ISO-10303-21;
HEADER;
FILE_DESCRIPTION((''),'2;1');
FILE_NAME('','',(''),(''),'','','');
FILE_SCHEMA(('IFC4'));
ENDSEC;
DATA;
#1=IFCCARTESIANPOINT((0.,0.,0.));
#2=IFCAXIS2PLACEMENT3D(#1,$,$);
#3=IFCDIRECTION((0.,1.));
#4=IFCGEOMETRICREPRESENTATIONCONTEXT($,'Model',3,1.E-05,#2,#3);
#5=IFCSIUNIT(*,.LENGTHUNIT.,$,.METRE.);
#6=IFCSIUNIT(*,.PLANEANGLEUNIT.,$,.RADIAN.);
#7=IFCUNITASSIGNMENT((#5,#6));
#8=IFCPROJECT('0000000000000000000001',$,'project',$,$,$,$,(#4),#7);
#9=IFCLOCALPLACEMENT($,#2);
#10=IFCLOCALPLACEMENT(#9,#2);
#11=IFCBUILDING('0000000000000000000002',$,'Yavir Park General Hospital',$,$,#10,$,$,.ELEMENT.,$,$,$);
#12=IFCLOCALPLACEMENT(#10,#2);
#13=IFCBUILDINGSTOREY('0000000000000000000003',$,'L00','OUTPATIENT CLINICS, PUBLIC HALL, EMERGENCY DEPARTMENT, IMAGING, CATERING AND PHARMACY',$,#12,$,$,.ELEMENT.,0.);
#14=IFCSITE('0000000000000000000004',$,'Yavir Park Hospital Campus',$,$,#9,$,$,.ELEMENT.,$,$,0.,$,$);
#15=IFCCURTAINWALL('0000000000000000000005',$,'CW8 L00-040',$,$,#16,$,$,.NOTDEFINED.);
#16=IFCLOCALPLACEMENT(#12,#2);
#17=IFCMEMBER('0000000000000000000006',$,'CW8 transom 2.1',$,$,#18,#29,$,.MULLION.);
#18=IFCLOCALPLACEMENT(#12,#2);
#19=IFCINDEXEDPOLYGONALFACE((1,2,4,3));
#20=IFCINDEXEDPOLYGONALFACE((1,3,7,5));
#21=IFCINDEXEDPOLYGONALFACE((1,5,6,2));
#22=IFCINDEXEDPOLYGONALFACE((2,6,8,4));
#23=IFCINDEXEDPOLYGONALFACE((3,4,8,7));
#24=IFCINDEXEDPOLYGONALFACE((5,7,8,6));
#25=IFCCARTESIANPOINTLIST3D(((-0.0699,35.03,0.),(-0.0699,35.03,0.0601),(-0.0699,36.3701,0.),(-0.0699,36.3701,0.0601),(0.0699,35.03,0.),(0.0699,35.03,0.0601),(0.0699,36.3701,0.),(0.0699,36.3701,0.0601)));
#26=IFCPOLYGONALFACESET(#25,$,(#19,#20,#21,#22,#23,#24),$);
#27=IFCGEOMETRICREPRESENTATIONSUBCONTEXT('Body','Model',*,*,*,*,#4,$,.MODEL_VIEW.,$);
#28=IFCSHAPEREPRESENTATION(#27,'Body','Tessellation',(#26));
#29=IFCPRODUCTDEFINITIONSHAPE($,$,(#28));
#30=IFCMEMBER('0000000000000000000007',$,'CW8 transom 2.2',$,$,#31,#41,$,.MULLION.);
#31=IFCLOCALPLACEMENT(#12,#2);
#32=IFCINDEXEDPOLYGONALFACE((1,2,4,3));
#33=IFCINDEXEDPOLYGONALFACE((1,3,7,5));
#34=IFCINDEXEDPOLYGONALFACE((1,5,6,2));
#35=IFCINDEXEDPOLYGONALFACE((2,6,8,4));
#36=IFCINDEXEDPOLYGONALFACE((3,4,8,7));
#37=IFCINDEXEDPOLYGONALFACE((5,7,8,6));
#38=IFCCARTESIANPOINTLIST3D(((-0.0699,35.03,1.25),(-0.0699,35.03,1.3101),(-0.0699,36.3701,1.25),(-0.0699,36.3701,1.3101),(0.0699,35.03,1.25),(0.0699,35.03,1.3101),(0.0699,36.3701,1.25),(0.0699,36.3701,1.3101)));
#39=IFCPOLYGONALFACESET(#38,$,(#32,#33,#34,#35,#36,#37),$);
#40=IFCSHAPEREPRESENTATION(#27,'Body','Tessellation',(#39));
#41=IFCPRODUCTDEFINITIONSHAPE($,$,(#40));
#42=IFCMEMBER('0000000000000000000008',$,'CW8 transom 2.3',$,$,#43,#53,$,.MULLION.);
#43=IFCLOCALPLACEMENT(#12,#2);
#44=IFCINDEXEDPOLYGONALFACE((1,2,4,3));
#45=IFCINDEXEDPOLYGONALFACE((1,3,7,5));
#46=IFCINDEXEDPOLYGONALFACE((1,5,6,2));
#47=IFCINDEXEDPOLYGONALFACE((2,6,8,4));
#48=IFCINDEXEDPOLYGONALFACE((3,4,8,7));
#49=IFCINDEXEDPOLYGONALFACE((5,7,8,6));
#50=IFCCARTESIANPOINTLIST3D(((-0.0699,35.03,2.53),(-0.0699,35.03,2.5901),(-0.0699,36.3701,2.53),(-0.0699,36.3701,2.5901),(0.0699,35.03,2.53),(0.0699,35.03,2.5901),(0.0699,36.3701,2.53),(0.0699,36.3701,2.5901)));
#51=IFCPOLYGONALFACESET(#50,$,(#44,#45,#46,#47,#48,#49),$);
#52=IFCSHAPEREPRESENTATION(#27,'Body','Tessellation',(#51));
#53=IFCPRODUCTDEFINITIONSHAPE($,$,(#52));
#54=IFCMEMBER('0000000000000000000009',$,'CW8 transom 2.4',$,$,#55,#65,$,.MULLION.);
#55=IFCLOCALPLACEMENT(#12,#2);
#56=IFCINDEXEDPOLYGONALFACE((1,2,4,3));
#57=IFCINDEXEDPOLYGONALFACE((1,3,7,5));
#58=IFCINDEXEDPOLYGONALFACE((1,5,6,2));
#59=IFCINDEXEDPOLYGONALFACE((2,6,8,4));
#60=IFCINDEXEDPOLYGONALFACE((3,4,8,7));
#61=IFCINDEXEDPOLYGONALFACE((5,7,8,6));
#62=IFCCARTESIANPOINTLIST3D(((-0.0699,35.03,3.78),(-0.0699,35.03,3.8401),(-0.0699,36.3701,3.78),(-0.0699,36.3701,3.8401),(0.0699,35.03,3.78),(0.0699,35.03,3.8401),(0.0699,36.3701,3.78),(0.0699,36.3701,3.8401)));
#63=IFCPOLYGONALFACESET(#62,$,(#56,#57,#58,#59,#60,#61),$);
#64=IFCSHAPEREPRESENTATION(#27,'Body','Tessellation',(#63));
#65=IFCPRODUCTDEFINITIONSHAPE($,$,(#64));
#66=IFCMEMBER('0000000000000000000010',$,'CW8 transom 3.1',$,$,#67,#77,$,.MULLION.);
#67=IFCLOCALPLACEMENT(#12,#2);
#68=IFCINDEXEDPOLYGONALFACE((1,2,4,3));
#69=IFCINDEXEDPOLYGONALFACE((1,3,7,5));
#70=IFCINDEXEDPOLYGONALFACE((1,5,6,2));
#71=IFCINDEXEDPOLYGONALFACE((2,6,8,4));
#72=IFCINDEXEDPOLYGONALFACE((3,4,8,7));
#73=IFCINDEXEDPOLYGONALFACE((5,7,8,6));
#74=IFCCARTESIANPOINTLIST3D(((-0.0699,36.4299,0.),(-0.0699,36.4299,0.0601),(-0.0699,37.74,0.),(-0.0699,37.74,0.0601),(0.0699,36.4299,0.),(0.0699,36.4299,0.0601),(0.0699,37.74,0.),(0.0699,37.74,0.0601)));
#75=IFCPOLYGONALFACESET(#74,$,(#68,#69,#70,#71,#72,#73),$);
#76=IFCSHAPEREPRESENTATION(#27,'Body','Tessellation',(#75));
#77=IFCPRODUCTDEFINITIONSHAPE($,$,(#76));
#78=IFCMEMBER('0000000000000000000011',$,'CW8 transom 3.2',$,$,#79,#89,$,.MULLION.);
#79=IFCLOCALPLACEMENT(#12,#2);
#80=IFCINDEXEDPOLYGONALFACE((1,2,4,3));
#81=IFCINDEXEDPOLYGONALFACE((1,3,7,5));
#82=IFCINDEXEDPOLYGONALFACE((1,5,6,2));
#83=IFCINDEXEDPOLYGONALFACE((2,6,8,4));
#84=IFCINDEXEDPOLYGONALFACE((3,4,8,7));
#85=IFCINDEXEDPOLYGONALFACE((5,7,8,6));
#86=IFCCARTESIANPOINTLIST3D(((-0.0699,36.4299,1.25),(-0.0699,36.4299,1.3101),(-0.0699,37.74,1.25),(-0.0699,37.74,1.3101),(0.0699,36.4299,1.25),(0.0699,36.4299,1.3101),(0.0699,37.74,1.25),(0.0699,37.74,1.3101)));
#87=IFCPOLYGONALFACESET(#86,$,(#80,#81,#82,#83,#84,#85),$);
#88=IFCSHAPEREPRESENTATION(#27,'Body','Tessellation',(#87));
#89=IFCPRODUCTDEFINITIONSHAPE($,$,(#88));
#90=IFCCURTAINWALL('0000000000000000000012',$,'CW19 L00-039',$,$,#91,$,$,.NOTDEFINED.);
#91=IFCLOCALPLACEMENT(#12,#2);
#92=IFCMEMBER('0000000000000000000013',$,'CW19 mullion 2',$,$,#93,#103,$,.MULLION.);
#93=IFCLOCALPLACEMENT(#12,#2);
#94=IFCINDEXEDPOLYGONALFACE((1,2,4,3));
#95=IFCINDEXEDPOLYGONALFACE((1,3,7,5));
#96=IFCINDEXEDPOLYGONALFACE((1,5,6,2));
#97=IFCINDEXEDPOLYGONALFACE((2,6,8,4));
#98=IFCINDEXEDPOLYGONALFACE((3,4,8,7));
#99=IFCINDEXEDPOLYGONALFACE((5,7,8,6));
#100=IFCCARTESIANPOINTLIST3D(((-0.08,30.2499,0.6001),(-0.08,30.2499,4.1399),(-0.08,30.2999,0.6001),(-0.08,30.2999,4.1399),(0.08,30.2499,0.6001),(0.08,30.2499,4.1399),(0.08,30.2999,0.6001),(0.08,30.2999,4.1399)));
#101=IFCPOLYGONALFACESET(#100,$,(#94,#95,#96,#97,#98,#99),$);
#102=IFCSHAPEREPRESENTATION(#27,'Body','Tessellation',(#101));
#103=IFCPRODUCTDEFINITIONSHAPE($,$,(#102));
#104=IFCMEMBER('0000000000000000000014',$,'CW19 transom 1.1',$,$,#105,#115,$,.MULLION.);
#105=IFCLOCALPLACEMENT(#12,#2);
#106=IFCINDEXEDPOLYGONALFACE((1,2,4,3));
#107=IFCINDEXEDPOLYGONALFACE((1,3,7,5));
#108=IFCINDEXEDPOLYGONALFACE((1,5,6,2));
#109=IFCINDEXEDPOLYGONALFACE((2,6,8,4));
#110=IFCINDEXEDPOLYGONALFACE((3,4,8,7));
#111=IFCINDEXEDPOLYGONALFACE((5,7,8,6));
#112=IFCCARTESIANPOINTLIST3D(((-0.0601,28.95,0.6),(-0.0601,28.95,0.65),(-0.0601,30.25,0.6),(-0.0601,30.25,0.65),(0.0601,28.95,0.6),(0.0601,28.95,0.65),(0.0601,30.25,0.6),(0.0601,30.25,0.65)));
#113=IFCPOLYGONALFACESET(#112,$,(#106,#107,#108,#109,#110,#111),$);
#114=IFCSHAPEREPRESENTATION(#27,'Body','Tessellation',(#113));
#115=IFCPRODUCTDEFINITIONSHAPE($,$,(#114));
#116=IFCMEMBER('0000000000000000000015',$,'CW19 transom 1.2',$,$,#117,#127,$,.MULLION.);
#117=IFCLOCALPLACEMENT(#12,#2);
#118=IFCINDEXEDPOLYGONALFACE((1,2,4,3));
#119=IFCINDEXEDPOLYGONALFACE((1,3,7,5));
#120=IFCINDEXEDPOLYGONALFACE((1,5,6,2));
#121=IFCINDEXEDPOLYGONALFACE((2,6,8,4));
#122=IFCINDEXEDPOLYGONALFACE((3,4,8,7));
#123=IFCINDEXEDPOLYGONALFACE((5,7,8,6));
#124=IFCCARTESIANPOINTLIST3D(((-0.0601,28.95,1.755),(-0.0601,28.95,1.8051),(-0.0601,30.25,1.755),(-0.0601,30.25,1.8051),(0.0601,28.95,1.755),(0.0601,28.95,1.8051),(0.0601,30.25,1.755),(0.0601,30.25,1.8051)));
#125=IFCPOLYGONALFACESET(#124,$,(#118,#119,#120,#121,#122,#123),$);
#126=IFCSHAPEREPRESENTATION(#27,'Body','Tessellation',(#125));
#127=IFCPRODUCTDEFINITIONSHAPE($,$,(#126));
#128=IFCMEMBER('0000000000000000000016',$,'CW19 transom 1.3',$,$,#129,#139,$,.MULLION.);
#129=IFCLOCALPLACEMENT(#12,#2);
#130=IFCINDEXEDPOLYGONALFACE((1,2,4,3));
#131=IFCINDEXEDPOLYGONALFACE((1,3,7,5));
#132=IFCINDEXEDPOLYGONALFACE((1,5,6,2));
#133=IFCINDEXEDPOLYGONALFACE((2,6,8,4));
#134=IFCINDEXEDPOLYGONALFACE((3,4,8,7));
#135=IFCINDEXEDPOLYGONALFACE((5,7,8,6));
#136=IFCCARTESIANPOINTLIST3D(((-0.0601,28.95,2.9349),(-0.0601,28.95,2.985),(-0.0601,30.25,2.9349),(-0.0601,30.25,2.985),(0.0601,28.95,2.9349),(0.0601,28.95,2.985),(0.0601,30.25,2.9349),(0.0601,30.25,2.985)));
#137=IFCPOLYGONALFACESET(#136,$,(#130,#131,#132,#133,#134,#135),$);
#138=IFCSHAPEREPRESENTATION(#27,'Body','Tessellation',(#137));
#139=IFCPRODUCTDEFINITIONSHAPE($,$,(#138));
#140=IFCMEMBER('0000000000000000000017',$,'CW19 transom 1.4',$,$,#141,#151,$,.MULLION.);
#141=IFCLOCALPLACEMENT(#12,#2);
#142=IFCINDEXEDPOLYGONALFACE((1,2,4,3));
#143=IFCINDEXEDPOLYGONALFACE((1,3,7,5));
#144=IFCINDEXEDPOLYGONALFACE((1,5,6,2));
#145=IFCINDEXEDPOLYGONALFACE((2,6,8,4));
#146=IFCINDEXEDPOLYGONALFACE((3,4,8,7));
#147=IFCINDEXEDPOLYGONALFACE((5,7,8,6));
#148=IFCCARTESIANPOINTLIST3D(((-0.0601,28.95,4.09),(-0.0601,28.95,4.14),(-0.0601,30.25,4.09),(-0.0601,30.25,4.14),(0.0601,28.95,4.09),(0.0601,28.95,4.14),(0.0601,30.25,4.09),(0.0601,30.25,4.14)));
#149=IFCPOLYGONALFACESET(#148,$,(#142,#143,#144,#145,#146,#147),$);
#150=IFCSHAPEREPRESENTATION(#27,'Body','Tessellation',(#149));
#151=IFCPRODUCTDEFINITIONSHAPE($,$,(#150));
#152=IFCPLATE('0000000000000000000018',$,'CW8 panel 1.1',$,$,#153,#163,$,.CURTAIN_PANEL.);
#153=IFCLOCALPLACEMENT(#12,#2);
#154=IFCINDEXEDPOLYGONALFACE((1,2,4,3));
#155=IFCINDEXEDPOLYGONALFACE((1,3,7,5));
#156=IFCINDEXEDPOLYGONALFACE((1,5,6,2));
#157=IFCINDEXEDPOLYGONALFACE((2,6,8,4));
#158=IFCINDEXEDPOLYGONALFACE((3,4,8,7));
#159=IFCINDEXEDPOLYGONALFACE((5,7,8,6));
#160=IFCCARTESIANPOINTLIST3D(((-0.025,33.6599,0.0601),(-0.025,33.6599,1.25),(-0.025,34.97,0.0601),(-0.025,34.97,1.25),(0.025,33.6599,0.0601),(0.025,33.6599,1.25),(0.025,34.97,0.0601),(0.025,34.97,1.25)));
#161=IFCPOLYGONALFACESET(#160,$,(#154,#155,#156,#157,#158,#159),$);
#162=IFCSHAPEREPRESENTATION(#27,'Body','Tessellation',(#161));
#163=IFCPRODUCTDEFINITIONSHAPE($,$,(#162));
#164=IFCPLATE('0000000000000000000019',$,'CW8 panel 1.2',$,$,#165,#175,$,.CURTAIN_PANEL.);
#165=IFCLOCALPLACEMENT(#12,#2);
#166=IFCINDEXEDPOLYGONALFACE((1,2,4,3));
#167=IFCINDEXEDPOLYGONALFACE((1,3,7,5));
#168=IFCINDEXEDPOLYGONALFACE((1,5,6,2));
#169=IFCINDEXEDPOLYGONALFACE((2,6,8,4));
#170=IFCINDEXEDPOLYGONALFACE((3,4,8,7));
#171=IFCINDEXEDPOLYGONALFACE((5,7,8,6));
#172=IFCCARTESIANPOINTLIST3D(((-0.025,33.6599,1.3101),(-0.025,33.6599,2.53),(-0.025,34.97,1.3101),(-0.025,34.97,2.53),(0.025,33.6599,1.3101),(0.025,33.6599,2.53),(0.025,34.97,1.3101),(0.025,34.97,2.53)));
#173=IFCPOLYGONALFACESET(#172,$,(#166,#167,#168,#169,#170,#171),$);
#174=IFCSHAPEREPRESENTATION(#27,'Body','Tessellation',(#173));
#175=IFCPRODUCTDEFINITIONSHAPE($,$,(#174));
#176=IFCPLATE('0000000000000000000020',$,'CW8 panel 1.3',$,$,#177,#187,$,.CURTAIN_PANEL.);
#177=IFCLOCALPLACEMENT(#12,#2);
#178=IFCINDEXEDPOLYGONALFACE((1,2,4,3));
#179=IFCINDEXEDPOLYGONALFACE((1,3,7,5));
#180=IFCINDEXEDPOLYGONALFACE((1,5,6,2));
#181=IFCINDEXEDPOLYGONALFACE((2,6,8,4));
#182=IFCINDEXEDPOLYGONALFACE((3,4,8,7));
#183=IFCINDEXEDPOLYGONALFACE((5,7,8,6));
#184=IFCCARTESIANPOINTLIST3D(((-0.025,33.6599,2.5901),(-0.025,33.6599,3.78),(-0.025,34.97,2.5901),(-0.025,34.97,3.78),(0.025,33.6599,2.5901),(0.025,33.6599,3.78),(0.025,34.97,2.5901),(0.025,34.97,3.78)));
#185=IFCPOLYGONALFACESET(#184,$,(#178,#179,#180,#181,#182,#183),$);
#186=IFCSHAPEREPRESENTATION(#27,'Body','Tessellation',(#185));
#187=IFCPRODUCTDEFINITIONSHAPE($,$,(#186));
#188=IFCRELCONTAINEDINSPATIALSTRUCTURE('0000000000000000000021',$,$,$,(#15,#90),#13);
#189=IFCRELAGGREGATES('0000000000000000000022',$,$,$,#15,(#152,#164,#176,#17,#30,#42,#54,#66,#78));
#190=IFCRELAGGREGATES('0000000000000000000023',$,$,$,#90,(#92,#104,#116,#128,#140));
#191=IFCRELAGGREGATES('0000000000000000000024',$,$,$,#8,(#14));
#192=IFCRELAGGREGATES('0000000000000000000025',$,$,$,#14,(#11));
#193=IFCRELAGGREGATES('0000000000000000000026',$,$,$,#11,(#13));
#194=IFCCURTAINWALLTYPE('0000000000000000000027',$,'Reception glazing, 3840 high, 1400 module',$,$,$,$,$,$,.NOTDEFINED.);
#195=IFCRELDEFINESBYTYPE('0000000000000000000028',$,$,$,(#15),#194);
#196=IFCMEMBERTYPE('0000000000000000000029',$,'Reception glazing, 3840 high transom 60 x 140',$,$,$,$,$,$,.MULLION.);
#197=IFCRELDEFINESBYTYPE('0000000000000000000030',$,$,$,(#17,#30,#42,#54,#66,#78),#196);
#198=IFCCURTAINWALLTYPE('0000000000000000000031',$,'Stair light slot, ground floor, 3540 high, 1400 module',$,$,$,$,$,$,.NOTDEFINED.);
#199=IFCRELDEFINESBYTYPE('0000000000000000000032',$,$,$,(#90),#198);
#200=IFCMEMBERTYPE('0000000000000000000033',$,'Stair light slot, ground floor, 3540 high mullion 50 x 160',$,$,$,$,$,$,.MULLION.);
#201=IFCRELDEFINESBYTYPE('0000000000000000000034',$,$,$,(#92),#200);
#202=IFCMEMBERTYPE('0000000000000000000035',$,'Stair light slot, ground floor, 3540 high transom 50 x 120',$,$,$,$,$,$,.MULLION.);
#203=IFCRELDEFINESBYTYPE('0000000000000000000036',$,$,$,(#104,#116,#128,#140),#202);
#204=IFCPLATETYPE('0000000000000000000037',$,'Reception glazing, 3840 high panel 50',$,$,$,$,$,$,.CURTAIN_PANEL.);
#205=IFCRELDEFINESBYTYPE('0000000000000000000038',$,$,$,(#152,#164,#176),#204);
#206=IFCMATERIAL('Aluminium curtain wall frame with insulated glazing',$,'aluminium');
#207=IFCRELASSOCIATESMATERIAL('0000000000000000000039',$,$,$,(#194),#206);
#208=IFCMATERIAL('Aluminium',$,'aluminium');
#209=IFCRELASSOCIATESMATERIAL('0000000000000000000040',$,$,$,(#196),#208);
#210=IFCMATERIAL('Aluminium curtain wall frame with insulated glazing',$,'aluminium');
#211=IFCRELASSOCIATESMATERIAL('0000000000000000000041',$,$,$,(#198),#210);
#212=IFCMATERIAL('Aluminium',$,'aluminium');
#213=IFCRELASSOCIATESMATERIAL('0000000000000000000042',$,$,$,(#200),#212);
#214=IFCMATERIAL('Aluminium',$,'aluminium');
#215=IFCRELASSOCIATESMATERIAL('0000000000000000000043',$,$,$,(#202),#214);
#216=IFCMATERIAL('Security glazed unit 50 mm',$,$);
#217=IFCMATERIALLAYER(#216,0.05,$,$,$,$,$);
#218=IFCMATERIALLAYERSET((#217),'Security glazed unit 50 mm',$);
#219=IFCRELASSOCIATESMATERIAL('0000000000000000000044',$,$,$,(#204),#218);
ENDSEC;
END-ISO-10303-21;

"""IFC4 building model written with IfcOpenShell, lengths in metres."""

from ifc_helpers import new_model, si_unit, direction, frame, origin, origin_2d, place, context, subcontext, project, spatial, rectangle, extrude, material, layer, layer_set, material_profile, profile_set, type_object, element, aggregate, save


model = new_model("IFC4")

# Units and contexts
model_context = context("Model", 3, precision=1e-05, world=origin(), true_north=direction((0.0, 1.0)))
body_context = subcontext(model_context, "Body", "Model", "MODEL_VIEW")
ifc_project = project(units=[si_unit("LENGTHUNIT", "METRE"), si_unit("PLANEANGLEUNIT", "RADIAN")], contexts=[model_context])

# Site, building, storey
site_placement = place(None, origin())
site = spatial("IfcSite", under=ifc_project, at=site_placement, Name="Yavir Park Hospital Campus", CompositionType="ELEMENT", RefElevation=0.0)
building_placement = place(site_placement, origin())
building = spatial("IfcBuilding", under=site, at=building_placement, Name="Yavir Park General Hospital", CompositionType="ELEMENT")
storey_placement = place(building_placement, origin())
storey = spatial("IfcBuildingStorey", under=building, at=storey_placement, Name="L00", Description="OUTPATIENT CLINICS, PUBLIC HALL, EMERGENCY DEPARTMENT, IMAGING, CATERING AND PHARMACY", CompositionType="ELEMENT", Elevation=0.0)

# Curtain walls, members
ifc_material_1 = material(Name="Aluminium curtain wall frame with insulated glazing", Category="aluminium")
curtain_wall_type_1 = type_object("IfcCurtainWallType", Name="Reception glazing, 3840 high, 1400 module", PredefinedType="NOTDEFINED", material=ifc_material_1)
curtain_wall_1_placement = place(storey_placement, origin())
curtain_wall_1 = element("IfcCurtainWall", 1, at=curtain_wall_1_placement, inside=storey, type_object=curtain_wall_type_1, Name="CW8 L00-040", PredefinedType="NOTDEFINED")
ifc_material_2 = material(Name="Aluminium", Category="aluminium")
ifc_material_profile_1 = material_profile(ifc_material_2, rectangle(XDim=0.1399, YDim=0.0601, at=origin_2d()), Name="AL 140x60")
ifc_profile_set_1 = profile_set([ifc_material_profile_1], Name="Aluminium")
member_type_1 = type_object("IfcMemberType", Name="Reception glazing, 3840 high transom 60 x 140", PredefinedType="MULLION", material=ifc_profile_set_1)
member_1_placement = place(storey_placement, frame((0.0, 35.03, 0.03), z_axis=(0.0, 1.0, 0.0), x_axis=(-1.0, 0.0, 0.0)))
member_1 = element("IfcMember", 2, at=member_1_placement, type_object=member_type_1, Name="CW8 transom 2.1", PredefinedType="MULLION", context=body_context, shape_type="SweptSolid", body=[
    extrude(rectangle(XDim=0.1399, YDim=0.0601, at=origin_2d()), origin(), (0.0, 0.0, 1.0), 1.3401),
])
member_2_placement = place(storey_placement, frame((0.0, 35.03, 1.28), z_axis=(0.0, 1.0, 0.0), x_axis=(-1.0, 0.0, 0.0)))
member_2 = element("IfcMember", 3, at=member_2_placement, type_object=member_type_1, Name="CW8 transom 2.2", PredefinedType="MULLION", context=body_context, shape_type="SweptSolid", body=[
    extrude(rectangle(XDim=0.1399, YDim=0.0601, at=origin_2d()), origin(), (0.0, 0.0, 1.0), 1.3401),
])
member_3_placement = place(storey_placement, frame((0.0, 35.03, 2.5601), z_axis=(0.0, 1.0, 0.0), x_axis=(-1.0, 0.0, 0.0)))
member_3 = element("IfcMember", 4, at=member_3_placement, type_object=member_type_1, Name="CW8 transom 2.3", PredefinedType="MULLION", context=body_context, shape_type="SweptSolid", body=[
    extrude(rectangle(XDim=0.1399, YDim=0.0601, at=origin_2d()), origin(), (0.0, 0.0, 1.0), 1.3401),
])
member_4_placement = place(storey_placement, frame((0.0, 35.03, 3.8101), z_axis=(0.0, 1.0, 0.0), x_axis=(-1.0, 0.0, 0.0)))
member_4 = element("IfcMember", 5, at=member_4_placement, type_object=member_type_1, Name="CW8 transom 2.4", PredefinedType="MULLION", context=body_context, shape_type="SweptSolid", body=[
    extrude(rectangle(XDim=0.1399, YDim=0.0601, at=origin_2d()), origin(), (0.0, 0.0, 1.0), 1.3401),
])
member_5_placement = place(storey_placement, frame((0.0, 36.4299, 0.03), z_axis=(0.0, 1.0, 0.0), x_axis=(-1.0, 0.0, 0.0)))
member_5 = element("IfcMember", 6, at=member_5_placement, type_object=member_type_1, Name="CW8 transom 3.1", PredefinedType="MULLION", context=body_context, shape_type="SweptSolid", body=[
    extrude(rectangle(XDim=0.1399, YDim=0.0601, at=origin_2d()), origin(), (0.0, 0.0, 1.0), 1.3101),
])
member_6_placement = place(storey_placement, frame((0.0, 36.4299, 1.28), z_axis=(0.0, 1.0, 0.0), x_axis=(-1.0, 0.0, 0.0)))
member_6 = element("IfcMember", 7, at=member_6_placement, type_object=member_type_1, Name="CW8 transom 3.2", PredefinedType="MULLION", context=body_context, shape_type="SweptSolid", body=[
    extrude(rectangle(XDim=0.1399, YDim=0.0601, at=origin_2d()), origin(), (0.0, 0.0, 1.0), 1.3101),
])
ifc_material_3 = material(Name="Aluminium curtain wall frame with insulated glazing", Category="aluminium")
curtain_wall_type_2 = type_object("IfcCurtainWallType", Name="Stair light slot, ground floor, 3540 high, 1400 module", PredefinedType="NOTDEFINED", material=ifc_material_3)
curtain_wall_2_placement = place(storey_placement, origin())
curtain_wall_2 = element("IfcCurtainWall", 8, at=curtain_wall_2_placement, inside=storey, type_object=curtain_wall_type_2, Name="CW19 L00-039", PredefinedType="NOTDEFINED")
ifc_material_4 = material(Name="Aluminium", Category="aluminium")
ifc_material_profile_2 = material_profile(ifc_material_4, rectangle(XDim=0.1599, YDim=0.05, at=origin_2d()), Name="AL 50x160")
ifc_profile_set_2 = profile_set([ifc_material_profile_2], Name="Aluminium")
member_type_2 = type_object("IfcMemberType", Name="Stair light slot, ground floor, 3540 high mullion 50 x 160", PredefinedType="MULLION", material=ifc_profile_set_2)
member_7_placement = place(storey_placement, frame((0.0, 30.2749, 0.6001), z_axis=(0.0, 0.0, 1.0), x_axis=(-1.0, 0.0, 0.0)))
member_7 = element("IfcMember", 9, at=member_7_placement, type_object=member_type_2, Name="CW19 mullion 2", PredefinedType="MULLION", context=body_context, shape_type="SweptSolid", body=[
    extrude(rectangle(XDim=0.1599, YDim=0.05, at=origin_2d()), origin(), (0.0, 0.0, 1.0), 3.5398),
])
ifc_material_5 = material(Name="Aluminium", Category="aluminium")
ifc_material_profile_3 = material_profile(ifc_material_5, rectangle(XDim=0.1201, YDim=0.05, at=origin_2d()), Name="AL 120x50")
ifc_profile_set_3 = profile_set([ifc_material_profile_3], Name="Aluminium")
member_type_3 = type_object("IfcMemberType", Name="Stair light slot, ground floor, 3540 high transom 50 x 120", PredefinedType="MULLION", material=ifc_profile_set_3)
member_8_placement = place(storey_placement, frame((0.0, 28.95, 0.625), z_axis=(0.0, 1.0, 0.0), x_axis=(-1.0, 0.0, 0.0)))
member_8 = element("IfcMember", 10, at=member_8_placement, type_object=member_type_3, Name="CW19 transom 1.1", PredefinedType="MULLION", context=body_context, shape_type="SweptSolid", body=[
    extrude(rectangle(XDim=0.1201, YDim=0.05, at=origin_2d()), origin(), (0.0, 0.0, 1.0), 1.3),
])
member_9_placement = place(storey_placement, frame((0.0, 28.95, 1.78), z_axis=(0.0, 1.0, 0.0), x_axis=(-1.0, 0.0, 0.0)))
member_9 = element("IfcMember", 11, at=member_9_placement, type_object=member_type_3, Name="CW19 transom 1.2", PredefinedType="MULLION", context=body_context, shape_type="SweptSolid", body=[
    extrude(rectangle(XDim=0.1201, YDim=0.05, at=origin_2d()), origin(), (0.0, 0.0, 1.0), 1.3),
])
member_10_placement = place(storey_placement, frame((0.0, 28.95, 2.96), z_axis=(0.0, 1.0, 0.0), x_axis=(-1.0, 0.0, 0.0)))
member_10 = element("IfcMember", 12, at=member_10_placement, type_object=member_type_3, Name="CW19 transom 1.3", PredefinedType="MULLION", context=body_context, shape_type="SweptSolid", body=[
    extrude(rectangle(XDim=0.1201, YDim=0.05, at=origin_2d()), origin(), (0.0, 0.0, 1.0), 1.3),
])
member_11_placement = place(storey_placement, frame((0.0, 28.95, 4.115), z_axis=(0.0, 1.0, 0.0), x_axis=(-1.0, 0.0, 0.0)))
member_11 = element("IfcMember", 13, at=member_11_placement, type_object=member_type_3, Name="CW19 transom 1.4", PredefinedType="MULLION", context=body_context, shape_type="SweptSolid", body=[
    extrude(rectangle(XDim=0.1201, YDim=0.05, at=origin_2d()), origin(), (0.0, 0.0, 1.0), 1.3),
])

# Plates
ifc_material_6 = material(Name="Security glazed unit 50 mm")
ifc_layer_1 = layer(ifc_material_6, 0.05)
ifc_layer_set_1 = layer_set([ifc_layer_1], Name="Security glazed unit 50 mm")
plate_type_1 = type_object("IfcPlateType", Name="Reception glazing, 3840 high panel 50", PredefinedType="CURTAIN_PANEL", material=ifc_layer_set_1)
plate_1_placement = place(storey_placement, frame((0.0, 34.3149, 0.0601), z_axis=(0.0, 0.0, 1.0), x_axis=(0.0, 1.0, 0.0)))
plate_1 = element("IfcPlate", 14, at=plate_1_placement, type_object=plate_type_1, Name="CW8 panel 1.1", PredefinedType="CURTAIN_PANEL", context=body_context, shape_type="SweptSolid", body=[
    extrude(rectangle(XDim=1.3101, YDim=0.05, at=origin_2d()), origin(), (0.0, 0.0, 1.0), 1.1899),
])
plate_2_placement = place(storey_placement, frame((0.0, 34.3149, 1.3101), z_axis=(0.0, 0.0, 1.0), x_axis=(0.0, 1.0, 0.0)))
plate_2 = element("IfcPlate", 15, at=plate_2_placement, type_object=plate_type_1, Name="CW8 panel 1.2", PredefinedType="CURTAIN_PANEL", context=body_context, shape_type="SweptSolid", body=[
    extrude(rectangle(XDim=1.3101, YDim=0.05, at=origin_2d()), origin(), (0.0, 0.0, 1.0), 1.22),
])
plate_3_placement = place(storey_placement, frame((0.0, 34.3149, 2.5901), z_axis=(0.0, 0.0, 1.0), x_axis=(0.0, 1.0, 0.0)))
plate_3 = element("IfcPlate", 16, at=plate_3_placement, type_object=plate_type_1, Name="CW8 panel 1.3", PredefinedType="CURTAIN_PANEL", context=body_context, shape_type="SweptSolid", body=[
    extrude(rectangle(XDim=1.3101, YDim=0.05, at=origin_2d()), origin(), (0.0, 0.0, 1.0), 1.1899),
])
aggregate(curtain_wall_1, [plate_1, plate_2, plate_3, member_1, member_2, member_3, member_4, member_5, member_6])
aggregate(curtain_wall_2, [member_7, member_8, member_9, member_10, member_11])

save(model, "model.ifc")
